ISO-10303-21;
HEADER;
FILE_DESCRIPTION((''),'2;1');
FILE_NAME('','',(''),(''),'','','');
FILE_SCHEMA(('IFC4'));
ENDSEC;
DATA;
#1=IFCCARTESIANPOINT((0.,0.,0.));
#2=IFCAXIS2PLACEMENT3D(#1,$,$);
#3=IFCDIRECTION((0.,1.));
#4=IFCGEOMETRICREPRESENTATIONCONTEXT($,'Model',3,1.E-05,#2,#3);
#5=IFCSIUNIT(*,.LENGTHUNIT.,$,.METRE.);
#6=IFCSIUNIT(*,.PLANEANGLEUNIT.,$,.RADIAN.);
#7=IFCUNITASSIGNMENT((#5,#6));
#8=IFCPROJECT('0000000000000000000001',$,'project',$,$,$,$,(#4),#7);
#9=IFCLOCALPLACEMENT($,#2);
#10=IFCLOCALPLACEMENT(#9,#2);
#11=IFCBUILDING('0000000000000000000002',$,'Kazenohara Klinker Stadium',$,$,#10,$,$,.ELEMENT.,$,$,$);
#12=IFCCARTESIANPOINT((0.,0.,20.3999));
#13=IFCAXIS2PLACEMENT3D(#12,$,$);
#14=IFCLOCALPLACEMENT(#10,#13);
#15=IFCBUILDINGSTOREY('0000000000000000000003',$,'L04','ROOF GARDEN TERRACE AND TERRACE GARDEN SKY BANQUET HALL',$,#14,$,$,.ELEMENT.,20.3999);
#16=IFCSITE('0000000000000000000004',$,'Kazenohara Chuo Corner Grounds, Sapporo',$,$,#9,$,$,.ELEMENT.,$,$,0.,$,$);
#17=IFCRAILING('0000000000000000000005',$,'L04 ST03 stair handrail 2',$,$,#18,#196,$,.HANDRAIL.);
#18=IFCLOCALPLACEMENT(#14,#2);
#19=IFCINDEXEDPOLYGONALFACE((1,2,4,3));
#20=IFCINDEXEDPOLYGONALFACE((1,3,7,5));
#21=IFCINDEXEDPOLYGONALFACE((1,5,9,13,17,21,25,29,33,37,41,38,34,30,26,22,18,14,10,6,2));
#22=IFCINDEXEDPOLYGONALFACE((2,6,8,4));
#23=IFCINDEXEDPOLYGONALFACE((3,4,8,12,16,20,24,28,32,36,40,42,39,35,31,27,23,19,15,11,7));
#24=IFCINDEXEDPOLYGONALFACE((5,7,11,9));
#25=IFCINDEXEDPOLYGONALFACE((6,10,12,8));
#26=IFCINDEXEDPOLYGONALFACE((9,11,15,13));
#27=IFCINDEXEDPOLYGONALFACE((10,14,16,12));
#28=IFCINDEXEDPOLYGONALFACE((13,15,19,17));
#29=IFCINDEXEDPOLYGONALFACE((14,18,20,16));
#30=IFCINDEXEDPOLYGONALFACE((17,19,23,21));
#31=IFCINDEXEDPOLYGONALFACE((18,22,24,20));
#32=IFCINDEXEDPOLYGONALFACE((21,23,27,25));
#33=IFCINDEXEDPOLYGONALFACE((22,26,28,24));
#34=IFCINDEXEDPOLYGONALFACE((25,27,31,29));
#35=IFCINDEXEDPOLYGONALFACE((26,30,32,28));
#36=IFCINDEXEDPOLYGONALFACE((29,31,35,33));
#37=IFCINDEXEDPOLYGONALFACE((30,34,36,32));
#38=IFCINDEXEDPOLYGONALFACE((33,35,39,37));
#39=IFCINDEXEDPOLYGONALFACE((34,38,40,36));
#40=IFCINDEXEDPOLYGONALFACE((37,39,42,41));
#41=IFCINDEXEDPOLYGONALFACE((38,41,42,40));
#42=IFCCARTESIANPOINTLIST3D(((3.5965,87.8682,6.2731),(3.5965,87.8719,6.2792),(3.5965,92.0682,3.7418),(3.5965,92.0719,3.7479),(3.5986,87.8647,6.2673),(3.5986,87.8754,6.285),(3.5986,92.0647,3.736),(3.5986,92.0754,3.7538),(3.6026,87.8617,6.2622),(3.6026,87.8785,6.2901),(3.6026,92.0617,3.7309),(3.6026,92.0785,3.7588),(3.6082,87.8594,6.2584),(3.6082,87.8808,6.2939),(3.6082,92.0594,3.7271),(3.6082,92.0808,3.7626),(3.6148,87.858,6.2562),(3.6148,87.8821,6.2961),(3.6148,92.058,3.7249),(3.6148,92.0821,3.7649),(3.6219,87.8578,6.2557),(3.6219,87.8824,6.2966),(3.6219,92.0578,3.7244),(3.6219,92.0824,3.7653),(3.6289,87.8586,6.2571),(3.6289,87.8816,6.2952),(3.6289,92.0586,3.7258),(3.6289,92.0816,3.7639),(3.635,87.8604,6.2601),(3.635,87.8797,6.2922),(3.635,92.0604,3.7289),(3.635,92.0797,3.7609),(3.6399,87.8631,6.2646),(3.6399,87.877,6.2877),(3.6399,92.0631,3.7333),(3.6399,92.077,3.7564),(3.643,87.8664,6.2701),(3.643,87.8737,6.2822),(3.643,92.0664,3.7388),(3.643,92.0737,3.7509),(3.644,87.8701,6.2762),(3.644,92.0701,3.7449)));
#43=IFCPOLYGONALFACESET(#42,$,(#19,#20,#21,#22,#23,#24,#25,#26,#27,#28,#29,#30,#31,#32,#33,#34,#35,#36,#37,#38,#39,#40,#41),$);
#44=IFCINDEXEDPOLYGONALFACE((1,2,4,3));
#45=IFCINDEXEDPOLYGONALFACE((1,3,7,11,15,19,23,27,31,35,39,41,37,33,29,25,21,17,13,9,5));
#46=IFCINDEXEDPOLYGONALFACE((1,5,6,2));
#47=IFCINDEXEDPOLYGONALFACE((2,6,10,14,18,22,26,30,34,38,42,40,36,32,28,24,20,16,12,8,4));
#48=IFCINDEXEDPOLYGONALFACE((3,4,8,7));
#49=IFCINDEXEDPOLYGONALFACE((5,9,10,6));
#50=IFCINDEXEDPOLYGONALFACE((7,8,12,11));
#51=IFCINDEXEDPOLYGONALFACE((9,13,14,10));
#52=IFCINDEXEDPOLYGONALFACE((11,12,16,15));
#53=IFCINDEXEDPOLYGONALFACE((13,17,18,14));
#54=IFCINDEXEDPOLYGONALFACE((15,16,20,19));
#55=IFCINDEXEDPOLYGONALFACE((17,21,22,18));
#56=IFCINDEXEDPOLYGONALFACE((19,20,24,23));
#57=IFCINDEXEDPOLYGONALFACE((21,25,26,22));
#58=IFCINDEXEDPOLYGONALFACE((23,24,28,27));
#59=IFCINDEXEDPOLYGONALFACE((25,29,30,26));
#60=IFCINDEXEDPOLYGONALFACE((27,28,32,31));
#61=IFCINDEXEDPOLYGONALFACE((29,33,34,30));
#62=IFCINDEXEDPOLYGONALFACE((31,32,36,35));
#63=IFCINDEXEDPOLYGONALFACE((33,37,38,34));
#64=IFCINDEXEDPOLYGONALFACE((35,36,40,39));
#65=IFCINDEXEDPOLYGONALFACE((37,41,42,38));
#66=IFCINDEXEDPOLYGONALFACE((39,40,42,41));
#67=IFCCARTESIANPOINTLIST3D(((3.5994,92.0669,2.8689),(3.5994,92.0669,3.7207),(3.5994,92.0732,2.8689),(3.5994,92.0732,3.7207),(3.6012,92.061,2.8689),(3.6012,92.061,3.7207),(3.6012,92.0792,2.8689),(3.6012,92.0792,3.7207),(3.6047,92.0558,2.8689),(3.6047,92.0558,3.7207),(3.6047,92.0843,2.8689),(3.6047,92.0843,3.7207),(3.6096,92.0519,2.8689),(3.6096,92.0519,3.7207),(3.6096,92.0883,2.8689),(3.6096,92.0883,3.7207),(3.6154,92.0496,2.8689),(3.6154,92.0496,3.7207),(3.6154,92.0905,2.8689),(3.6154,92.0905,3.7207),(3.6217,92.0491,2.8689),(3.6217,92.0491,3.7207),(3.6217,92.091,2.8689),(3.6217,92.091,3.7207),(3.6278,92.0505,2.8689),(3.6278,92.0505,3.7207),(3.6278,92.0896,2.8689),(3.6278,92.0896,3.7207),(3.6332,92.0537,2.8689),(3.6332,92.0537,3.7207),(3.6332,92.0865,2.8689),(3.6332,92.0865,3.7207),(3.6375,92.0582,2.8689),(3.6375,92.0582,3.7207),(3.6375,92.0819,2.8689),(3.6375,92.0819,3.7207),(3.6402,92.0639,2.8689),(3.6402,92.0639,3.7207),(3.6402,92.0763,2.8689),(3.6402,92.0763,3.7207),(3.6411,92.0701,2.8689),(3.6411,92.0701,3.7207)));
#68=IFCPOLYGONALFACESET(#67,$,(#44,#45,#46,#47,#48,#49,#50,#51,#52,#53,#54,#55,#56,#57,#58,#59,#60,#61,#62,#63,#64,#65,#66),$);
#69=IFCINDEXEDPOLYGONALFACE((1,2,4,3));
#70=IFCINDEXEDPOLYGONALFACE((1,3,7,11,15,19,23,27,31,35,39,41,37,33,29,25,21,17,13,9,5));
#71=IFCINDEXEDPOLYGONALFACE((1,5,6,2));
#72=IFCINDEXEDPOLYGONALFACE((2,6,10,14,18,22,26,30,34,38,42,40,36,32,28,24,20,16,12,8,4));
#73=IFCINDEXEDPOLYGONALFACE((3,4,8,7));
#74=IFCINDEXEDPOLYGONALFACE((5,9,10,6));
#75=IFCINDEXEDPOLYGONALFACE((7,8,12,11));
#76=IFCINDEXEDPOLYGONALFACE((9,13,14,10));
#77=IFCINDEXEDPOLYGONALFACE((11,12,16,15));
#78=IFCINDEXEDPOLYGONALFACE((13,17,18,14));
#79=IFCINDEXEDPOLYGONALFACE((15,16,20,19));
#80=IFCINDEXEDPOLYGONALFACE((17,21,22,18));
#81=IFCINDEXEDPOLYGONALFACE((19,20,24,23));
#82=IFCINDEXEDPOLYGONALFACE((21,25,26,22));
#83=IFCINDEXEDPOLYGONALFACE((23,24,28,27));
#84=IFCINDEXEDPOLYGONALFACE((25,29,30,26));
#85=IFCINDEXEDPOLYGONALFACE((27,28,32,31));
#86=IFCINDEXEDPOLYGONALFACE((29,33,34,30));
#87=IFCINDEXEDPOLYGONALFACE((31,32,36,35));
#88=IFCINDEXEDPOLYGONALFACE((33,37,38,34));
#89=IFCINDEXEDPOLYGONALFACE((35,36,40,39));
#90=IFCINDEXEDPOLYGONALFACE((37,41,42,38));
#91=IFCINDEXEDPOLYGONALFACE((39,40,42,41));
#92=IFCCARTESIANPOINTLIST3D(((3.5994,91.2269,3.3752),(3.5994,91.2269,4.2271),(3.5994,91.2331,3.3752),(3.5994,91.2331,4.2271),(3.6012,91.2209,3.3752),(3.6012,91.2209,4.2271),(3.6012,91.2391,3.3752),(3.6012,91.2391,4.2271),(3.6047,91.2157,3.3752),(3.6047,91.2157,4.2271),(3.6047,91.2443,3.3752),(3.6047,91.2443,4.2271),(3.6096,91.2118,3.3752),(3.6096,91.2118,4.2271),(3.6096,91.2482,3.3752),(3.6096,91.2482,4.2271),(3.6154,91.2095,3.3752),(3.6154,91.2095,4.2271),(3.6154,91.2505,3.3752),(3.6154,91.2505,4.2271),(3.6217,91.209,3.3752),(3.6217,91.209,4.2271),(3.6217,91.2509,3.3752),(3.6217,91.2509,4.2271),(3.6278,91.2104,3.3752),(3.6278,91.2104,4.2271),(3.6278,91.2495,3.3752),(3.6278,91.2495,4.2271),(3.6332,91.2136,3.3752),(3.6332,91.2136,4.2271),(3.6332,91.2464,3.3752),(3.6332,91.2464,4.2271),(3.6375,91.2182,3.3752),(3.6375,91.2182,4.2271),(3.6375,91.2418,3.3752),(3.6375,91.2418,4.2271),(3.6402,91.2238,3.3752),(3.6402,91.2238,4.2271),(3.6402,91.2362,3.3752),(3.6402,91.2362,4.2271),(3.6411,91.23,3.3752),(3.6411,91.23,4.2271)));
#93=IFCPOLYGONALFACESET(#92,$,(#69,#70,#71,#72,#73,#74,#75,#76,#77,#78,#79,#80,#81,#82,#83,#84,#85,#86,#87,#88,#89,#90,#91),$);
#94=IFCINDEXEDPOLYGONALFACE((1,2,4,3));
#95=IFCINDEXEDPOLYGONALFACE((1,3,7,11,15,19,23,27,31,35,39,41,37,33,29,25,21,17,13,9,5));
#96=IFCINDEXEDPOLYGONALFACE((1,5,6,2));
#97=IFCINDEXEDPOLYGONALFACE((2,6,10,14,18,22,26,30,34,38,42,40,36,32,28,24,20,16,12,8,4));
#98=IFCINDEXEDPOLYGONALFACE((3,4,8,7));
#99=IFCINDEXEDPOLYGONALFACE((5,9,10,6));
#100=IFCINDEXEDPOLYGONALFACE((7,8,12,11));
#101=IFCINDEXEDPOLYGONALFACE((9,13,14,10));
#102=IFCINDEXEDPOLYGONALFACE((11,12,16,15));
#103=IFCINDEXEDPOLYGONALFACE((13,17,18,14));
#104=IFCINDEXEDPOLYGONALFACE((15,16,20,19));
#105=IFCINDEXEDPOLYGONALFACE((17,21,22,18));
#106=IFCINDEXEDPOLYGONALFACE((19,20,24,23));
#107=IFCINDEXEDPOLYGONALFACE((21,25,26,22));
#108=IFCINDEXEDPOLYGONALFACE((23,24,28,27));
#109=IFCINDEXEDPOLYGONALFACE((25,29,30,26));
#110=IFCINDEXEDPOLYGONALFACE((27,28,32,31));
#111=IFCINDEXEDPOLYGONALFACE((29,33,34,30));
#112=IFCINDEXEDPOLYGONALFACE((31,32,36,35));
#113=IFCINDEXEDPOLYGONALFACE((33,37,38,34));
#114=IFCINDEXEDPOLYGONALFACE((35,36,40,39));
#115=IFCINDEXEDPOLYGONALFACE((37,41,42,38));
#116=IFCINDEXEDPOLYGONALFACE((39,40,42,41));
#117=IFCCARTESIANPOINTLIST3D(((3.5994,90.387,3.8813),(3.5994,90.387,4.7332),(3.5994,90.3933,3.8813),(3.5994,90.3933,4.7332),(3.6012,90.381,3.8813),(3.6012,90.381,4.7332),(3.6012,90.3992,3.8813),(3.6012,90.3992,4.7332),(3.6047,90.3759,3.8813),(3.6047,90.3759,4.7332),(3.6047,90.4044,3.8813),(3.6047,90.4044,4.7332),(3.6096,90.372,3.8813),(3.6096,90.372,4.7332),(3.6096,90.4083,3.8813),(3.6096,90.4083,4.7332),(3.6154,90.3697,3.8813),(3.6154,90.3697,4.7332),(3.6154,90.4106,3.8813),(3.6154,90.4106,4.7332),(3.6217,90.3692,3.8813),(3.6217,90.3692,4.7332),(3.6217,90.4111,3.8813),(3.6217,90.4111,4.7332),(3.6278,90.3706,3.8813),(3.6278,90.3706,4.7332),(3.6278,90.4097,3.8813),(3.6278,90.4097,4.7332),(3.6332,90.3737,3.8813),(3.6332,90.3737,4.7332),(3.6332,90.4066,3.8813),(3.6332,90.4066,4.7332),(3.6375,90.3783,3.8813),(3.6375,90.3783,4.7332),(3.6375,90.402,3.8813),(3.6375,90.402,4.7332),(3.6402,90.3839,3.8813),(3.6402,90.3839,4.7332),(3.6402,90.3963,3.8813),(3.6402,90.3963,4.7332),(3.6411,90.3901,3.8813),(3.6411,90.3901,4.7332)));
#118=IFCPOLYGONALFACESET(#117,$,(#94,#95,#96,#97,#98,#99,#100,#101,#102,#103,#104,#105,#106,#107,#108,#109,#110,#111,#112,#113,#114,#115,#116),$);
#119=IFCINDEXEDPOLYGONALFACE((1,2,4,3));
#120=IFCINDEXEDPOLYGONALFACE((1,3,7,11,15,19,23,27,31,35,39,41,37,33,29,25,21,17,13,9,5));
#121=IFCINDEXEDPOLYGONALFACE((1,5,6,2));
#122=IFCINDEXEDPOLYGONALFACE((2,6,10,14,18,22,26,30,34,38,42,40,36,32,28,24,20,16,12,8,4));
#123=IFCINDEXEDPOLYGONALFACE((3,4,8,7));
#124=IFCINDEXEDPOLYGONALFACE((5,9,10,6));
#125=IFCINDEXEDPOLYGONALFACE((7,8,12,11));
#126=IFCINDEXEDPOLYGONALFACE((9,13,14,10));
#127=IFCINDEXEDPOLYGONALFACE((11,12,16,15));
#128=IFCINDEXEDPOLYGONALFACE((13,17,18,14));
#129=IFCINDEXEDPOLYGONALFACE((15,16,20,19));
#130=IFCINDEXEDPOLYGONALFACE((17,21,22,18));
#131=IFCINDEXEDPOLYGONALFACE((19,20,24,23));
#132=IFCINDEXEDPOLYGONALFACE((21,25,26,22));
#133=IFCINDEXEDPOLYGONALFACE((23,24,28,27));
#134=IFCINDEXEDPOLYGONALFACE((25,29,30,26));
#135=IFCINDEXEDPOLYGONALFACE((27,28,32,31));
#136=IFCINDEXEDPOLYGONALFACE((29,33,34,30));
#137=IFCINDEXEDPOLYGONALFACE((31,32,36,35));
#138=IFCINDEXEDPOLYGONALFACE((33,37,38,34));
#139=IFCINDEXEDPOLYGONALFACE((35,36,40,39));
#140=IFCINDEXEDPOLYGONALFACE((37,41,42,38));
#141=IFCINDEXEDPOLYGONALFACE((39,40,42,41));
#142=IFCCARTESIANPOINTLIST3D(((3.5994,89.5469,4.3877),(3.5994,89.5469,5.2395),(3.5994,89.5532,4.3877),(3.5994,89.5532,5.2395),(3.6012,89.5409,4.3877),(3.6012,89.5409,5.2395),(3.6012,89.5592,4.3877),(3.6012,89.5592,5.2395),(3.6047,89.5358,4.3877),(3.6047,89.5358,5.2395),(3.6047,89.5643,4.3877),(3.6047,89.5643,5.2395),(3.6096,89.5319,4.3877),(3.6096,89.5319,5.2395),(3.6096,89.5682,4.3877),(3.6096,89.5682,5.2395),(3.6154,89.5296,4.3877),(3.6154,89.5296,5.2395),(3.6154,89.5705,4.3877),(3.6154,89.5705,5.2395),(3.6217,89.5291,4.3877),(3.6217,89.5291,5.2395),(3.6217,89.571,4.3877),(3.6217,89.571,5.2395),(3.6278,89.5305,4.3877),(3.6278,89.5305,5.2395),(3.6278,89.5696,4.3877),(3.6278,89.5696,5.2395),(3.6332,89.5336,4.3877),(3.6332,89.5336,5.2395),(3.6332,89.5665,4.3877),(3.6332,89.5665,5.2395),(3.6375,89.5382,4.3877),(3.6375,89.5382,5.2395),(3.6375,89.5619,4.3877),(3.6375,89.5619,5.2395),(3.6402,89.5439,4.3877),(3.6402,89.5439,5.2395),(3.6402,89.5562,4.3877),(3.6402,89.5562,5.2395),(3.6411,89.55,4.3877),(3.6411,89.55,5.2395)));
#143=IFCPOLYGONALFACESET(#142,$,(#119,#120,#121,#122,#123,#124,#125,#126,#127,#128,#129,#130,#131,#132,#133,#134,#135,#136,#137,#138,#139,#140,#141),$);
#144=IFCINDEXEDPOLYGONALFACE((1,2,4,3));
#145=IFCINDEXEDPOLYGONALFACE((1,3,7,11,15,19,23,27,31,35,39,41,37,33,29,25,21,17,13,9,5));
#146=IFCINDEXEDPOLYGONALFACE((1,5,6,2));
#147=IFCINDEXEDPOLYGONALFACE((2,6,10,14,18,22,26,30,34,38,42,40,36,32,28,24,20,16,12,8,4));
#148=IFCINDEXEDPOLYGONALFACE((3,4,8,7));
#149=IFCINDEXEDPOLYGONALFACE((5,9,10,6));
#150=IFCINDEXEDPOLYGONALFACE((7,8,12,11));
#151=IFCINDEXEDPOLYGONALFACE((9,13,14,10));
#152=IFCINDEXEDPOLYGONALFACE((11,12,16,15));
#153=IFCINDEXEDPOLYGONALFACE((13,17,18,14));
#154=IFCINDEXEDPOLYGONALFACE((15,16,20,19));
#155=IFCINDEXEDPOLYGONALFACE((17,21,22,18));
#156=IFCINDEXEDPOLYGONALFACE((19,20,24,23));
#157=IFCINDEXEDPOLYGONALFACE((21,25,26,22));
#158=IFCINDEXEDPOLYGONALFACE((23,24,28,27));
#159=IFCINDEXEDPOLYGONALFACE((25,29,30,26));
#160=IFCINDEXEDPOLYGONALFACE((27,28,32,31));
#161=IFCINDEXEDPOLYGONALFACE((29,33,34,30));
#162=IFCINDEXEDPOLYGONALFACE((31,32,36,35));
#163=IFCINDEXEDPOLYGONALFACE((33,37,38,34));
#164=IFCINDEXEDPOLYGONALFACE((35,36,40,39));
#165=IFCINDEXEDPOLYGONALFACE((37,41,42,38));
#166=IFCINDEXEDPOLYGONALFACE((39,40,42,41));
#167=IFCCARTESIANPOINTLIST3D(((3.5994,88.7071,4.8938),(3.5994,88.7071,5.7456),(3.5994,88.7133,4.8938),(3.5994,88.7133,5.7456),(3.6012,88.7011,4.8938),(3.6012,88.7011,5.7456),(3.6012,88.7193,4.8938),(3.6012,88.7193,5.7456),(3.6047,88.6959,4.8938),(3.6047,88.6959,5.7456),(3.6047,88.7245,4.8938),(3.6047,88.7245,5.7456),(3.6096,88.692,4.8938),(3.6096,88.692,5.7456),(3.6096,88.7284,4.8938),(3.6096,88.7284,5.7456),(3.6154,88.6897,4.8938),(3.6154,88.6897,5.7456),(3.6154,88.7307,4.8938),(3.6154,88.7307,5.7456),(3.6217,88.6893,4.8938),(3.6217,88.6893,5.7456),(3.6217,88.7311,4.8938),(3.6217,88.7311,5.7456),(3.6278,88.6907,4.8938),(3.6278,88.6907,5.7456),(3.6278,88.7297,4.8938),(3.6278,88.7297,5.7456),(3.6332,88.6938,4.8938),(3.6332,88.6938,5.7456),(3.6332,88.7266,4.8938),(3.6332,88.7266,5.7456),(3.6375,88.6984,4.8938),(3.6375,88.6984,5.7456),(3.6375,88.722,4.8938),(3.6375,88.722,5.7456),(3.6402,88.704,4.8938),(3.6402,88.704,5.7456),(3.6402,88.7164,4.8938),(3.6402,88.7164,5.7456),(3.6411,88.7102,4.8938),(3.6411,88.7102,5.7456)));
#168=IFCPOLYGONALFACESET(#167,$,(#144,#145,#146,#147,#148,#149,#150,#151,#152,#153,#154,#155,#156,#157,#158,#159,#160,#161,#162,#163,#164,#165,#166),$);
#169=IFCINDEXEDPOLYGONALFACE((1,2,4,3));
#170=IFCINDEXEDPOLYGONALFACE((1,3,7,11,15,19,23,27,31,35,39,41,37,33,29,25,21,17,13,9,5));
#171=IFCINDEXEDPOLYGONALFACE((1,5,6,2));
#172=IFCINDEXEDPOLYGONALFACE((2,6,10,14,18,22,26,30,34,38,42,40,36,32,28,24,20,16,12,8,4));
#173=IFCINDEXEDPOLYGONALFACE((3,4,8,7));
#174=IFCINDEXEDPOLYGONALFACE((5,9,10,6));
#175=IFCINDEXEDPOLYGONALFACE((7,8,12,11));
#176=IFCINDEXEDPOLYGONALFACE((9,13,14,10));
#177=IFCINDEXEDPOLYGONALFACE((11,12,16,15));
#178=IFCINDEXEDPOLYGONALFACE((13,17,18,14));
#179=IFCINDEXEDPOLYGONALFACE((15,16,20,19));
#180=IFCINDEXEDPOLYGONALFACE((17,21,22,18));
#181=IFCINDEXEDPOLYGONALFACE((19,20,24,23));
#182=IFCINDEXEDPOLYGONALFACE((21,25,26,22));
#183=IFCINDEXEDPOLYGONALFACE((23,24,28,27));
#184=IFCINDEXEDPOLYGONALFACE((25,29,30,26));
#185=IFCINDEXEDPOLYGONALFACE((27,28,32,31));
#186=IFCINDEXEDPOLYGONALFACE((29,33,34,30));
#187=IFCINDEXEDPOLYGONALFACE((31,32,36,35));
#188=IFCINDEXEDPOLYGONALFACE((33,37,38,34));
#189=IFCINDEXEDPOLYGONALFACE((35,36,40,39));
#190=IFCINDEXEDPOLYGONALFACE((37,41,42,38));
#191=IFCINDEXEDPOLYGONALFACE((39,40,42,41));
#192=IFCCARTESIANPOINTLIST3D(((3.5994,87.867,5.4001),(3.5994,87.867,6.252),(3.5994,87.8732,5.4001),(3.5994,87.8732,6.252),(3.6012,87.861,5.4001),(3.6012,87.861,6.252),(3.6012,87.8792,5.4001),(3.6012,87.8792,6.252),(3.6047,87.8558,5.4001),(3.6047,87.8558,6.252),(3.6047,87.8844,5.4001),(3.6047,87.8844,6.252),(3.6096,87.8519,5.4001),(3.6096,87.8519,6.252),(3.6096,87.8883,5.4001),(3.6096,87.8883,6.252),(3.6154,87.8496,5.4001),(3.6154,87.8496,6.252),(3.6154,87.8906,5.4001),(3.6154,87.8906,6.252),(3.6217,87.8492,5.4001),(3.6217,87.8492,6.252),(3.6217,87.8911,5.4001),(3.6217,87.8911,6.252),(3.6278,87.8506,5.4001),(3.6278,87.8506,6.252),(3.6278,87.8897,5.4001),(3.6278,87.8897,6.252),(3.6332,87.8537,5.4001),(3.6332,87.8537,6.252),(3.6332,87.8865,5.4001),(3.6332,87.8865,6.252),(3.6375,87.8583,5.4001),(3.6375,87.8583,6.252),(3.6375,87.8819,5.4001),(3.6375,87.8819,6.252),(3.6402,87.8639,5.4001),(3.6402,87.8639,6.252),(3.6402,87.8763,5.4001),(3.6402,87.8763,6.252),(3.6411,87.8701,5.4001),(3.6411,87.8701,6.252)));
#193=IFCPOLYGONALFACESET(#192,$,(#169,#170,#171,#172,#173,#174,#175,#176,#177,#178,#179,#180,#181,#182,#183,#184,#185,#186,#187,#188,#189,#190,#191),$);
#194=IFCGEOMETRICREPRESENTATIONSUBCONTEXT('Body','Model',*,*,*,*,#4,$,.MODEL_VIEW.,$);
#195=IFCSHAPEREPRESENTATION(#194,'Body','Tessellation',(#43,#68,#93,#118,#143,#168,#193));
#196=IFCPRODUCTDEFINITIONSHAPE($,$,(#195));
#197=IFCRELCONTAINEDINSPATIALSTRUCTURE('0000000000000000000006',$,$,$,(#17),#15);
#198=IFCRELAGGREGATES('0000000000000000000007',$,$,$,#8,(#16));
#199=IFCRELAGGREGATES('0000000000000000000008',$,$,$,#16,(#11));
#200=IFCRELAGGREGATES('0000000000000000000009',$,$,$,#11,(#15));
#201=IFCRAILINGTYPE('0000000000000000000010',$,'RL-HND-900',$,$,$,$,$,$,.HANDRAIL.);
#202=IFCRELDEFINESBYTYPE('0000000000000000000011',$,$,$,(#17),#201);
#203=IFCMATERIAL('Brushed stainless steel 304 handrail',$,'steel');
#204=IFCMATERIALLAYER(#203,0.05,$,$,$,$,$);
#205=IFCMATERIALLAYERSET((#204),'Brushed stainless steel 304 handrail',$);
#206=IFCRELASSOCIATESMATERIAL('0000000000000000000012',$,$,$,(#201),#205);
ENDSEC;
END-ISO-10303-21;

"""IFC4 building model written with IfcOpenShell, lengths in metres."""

from ifc_helpers import new_model, si_unit, direction, frame, origin, origin_2d, place, context, subcontext, project, spatial, circle, extrude, material, layer, layer_set, type_object, element, save


model = new_model("IFC4")

# Units and contexts
model_context = context("Model", 3, precision=1e-05, world=origin(), true_north=direction((0.0, 1.0)))
body_context = subcontext(model_context, "Body", "Model", "MODEL_VIEW")
ifc_project = project(units=[si_unit("LENGTHUNIT", "METRE"), si_unit("PLANEANGLEUNIT", "RADIAN")], contexts=[model_context])

# Site, building, storey
site_placement = place(None, origin())
site = spatial("IfcSite", under=ifc_project, at=site_placement, Name="Kazenohara Chuo Corner Grounds, Sapporo", CompositionType="ELEMENT", RefElevation=0.0)
building_placement = place(site_placement, origin())
building = spatial("IfcBuilding", under=site, at=building_placement, Name="Kazenohara Klinker Stadium", CompositionType="ELEMENT")
storey_placement = place(building_placement, frame((0.0, 0.0, 20.3999)))
storey = spatial("IfcBuildingStorey", under=building, at=storey_placement, Name="L04", Description="ROOF GARDEN TERRACE AND TERRACE GARDEN SKY BANQUET HALL", CompositionType="ELEMENT", Elevation=20.3999)

# Railing
ifc_material_1 = material(Name="Brushed stainless steel 304 handrail", Category="steel")
ifc_layer_1 = layer(ifc_material_1, 0.05)
ifc_layer_set_1 = layer_set([ifc_layer_1], Name="Brushed stainless steel 304 handrail")
railing_type_1 = type_object("IfcRailingType", Name="RL-HND-900", PredefinedType="HANDRAIL", material=ifc_layer_set_1)
railing_1_placement = place(storey_placement, frame((3.6201, 92.0701, 2.8689)))
element("IfcRailing", 1, at=railing_1_placement, inside=storey, type_object=railing_type_1, Name="L04 ST03 stair handrail 2", PredefinedType="HANDRAIL", context=body_context, shape_type="SweptSolid", body=[
    extrude(circle(Radius=0.0239, at=origin_2d()), frame((0.0, 0.0, 0.876), z_axis=(0.0, -0.856476, 0.516186), x_axis=(1.0, 0.0, 0.0)), (0.0, 0.0, 1.0), 4.9038),
    extrude(circle(Radius=0.021, at=origin_2d()), origin(), (0.0, 0.0, 1.0), 0.8518),
    extrude(circle(Radius=0.021, at=origin_2d()), frame((0.0, -0.8401, 0.5063)), (0.0, 0.0, 1.0), 0.8518),
    extrude(circle(Radius=0.021, at=origin_2d()), frame((0.0, -1.6799, 1.0125)), (0.0, 0.0, 1.0), 0.8518),
    extrude(circle(Radius=0.021, at=origin_2d()), frame((0.0, -2.52, 1.5188)), (0.0, 0.0, 1.0), 0.8518),
    extrude(circle(Radius=0.021, at=origin_2d()), frame((0.0, -3.3599, 2.0249)), (0.0, 0.0, 1.0), 0.8518),
    extrude(circle(Radius=0.021, at=origin_2d()), frame((0.0, -4.2, 2.5312)), (0.0, 0.0, 1.0), 0.8518),
])

save(model, "model.ifc")
